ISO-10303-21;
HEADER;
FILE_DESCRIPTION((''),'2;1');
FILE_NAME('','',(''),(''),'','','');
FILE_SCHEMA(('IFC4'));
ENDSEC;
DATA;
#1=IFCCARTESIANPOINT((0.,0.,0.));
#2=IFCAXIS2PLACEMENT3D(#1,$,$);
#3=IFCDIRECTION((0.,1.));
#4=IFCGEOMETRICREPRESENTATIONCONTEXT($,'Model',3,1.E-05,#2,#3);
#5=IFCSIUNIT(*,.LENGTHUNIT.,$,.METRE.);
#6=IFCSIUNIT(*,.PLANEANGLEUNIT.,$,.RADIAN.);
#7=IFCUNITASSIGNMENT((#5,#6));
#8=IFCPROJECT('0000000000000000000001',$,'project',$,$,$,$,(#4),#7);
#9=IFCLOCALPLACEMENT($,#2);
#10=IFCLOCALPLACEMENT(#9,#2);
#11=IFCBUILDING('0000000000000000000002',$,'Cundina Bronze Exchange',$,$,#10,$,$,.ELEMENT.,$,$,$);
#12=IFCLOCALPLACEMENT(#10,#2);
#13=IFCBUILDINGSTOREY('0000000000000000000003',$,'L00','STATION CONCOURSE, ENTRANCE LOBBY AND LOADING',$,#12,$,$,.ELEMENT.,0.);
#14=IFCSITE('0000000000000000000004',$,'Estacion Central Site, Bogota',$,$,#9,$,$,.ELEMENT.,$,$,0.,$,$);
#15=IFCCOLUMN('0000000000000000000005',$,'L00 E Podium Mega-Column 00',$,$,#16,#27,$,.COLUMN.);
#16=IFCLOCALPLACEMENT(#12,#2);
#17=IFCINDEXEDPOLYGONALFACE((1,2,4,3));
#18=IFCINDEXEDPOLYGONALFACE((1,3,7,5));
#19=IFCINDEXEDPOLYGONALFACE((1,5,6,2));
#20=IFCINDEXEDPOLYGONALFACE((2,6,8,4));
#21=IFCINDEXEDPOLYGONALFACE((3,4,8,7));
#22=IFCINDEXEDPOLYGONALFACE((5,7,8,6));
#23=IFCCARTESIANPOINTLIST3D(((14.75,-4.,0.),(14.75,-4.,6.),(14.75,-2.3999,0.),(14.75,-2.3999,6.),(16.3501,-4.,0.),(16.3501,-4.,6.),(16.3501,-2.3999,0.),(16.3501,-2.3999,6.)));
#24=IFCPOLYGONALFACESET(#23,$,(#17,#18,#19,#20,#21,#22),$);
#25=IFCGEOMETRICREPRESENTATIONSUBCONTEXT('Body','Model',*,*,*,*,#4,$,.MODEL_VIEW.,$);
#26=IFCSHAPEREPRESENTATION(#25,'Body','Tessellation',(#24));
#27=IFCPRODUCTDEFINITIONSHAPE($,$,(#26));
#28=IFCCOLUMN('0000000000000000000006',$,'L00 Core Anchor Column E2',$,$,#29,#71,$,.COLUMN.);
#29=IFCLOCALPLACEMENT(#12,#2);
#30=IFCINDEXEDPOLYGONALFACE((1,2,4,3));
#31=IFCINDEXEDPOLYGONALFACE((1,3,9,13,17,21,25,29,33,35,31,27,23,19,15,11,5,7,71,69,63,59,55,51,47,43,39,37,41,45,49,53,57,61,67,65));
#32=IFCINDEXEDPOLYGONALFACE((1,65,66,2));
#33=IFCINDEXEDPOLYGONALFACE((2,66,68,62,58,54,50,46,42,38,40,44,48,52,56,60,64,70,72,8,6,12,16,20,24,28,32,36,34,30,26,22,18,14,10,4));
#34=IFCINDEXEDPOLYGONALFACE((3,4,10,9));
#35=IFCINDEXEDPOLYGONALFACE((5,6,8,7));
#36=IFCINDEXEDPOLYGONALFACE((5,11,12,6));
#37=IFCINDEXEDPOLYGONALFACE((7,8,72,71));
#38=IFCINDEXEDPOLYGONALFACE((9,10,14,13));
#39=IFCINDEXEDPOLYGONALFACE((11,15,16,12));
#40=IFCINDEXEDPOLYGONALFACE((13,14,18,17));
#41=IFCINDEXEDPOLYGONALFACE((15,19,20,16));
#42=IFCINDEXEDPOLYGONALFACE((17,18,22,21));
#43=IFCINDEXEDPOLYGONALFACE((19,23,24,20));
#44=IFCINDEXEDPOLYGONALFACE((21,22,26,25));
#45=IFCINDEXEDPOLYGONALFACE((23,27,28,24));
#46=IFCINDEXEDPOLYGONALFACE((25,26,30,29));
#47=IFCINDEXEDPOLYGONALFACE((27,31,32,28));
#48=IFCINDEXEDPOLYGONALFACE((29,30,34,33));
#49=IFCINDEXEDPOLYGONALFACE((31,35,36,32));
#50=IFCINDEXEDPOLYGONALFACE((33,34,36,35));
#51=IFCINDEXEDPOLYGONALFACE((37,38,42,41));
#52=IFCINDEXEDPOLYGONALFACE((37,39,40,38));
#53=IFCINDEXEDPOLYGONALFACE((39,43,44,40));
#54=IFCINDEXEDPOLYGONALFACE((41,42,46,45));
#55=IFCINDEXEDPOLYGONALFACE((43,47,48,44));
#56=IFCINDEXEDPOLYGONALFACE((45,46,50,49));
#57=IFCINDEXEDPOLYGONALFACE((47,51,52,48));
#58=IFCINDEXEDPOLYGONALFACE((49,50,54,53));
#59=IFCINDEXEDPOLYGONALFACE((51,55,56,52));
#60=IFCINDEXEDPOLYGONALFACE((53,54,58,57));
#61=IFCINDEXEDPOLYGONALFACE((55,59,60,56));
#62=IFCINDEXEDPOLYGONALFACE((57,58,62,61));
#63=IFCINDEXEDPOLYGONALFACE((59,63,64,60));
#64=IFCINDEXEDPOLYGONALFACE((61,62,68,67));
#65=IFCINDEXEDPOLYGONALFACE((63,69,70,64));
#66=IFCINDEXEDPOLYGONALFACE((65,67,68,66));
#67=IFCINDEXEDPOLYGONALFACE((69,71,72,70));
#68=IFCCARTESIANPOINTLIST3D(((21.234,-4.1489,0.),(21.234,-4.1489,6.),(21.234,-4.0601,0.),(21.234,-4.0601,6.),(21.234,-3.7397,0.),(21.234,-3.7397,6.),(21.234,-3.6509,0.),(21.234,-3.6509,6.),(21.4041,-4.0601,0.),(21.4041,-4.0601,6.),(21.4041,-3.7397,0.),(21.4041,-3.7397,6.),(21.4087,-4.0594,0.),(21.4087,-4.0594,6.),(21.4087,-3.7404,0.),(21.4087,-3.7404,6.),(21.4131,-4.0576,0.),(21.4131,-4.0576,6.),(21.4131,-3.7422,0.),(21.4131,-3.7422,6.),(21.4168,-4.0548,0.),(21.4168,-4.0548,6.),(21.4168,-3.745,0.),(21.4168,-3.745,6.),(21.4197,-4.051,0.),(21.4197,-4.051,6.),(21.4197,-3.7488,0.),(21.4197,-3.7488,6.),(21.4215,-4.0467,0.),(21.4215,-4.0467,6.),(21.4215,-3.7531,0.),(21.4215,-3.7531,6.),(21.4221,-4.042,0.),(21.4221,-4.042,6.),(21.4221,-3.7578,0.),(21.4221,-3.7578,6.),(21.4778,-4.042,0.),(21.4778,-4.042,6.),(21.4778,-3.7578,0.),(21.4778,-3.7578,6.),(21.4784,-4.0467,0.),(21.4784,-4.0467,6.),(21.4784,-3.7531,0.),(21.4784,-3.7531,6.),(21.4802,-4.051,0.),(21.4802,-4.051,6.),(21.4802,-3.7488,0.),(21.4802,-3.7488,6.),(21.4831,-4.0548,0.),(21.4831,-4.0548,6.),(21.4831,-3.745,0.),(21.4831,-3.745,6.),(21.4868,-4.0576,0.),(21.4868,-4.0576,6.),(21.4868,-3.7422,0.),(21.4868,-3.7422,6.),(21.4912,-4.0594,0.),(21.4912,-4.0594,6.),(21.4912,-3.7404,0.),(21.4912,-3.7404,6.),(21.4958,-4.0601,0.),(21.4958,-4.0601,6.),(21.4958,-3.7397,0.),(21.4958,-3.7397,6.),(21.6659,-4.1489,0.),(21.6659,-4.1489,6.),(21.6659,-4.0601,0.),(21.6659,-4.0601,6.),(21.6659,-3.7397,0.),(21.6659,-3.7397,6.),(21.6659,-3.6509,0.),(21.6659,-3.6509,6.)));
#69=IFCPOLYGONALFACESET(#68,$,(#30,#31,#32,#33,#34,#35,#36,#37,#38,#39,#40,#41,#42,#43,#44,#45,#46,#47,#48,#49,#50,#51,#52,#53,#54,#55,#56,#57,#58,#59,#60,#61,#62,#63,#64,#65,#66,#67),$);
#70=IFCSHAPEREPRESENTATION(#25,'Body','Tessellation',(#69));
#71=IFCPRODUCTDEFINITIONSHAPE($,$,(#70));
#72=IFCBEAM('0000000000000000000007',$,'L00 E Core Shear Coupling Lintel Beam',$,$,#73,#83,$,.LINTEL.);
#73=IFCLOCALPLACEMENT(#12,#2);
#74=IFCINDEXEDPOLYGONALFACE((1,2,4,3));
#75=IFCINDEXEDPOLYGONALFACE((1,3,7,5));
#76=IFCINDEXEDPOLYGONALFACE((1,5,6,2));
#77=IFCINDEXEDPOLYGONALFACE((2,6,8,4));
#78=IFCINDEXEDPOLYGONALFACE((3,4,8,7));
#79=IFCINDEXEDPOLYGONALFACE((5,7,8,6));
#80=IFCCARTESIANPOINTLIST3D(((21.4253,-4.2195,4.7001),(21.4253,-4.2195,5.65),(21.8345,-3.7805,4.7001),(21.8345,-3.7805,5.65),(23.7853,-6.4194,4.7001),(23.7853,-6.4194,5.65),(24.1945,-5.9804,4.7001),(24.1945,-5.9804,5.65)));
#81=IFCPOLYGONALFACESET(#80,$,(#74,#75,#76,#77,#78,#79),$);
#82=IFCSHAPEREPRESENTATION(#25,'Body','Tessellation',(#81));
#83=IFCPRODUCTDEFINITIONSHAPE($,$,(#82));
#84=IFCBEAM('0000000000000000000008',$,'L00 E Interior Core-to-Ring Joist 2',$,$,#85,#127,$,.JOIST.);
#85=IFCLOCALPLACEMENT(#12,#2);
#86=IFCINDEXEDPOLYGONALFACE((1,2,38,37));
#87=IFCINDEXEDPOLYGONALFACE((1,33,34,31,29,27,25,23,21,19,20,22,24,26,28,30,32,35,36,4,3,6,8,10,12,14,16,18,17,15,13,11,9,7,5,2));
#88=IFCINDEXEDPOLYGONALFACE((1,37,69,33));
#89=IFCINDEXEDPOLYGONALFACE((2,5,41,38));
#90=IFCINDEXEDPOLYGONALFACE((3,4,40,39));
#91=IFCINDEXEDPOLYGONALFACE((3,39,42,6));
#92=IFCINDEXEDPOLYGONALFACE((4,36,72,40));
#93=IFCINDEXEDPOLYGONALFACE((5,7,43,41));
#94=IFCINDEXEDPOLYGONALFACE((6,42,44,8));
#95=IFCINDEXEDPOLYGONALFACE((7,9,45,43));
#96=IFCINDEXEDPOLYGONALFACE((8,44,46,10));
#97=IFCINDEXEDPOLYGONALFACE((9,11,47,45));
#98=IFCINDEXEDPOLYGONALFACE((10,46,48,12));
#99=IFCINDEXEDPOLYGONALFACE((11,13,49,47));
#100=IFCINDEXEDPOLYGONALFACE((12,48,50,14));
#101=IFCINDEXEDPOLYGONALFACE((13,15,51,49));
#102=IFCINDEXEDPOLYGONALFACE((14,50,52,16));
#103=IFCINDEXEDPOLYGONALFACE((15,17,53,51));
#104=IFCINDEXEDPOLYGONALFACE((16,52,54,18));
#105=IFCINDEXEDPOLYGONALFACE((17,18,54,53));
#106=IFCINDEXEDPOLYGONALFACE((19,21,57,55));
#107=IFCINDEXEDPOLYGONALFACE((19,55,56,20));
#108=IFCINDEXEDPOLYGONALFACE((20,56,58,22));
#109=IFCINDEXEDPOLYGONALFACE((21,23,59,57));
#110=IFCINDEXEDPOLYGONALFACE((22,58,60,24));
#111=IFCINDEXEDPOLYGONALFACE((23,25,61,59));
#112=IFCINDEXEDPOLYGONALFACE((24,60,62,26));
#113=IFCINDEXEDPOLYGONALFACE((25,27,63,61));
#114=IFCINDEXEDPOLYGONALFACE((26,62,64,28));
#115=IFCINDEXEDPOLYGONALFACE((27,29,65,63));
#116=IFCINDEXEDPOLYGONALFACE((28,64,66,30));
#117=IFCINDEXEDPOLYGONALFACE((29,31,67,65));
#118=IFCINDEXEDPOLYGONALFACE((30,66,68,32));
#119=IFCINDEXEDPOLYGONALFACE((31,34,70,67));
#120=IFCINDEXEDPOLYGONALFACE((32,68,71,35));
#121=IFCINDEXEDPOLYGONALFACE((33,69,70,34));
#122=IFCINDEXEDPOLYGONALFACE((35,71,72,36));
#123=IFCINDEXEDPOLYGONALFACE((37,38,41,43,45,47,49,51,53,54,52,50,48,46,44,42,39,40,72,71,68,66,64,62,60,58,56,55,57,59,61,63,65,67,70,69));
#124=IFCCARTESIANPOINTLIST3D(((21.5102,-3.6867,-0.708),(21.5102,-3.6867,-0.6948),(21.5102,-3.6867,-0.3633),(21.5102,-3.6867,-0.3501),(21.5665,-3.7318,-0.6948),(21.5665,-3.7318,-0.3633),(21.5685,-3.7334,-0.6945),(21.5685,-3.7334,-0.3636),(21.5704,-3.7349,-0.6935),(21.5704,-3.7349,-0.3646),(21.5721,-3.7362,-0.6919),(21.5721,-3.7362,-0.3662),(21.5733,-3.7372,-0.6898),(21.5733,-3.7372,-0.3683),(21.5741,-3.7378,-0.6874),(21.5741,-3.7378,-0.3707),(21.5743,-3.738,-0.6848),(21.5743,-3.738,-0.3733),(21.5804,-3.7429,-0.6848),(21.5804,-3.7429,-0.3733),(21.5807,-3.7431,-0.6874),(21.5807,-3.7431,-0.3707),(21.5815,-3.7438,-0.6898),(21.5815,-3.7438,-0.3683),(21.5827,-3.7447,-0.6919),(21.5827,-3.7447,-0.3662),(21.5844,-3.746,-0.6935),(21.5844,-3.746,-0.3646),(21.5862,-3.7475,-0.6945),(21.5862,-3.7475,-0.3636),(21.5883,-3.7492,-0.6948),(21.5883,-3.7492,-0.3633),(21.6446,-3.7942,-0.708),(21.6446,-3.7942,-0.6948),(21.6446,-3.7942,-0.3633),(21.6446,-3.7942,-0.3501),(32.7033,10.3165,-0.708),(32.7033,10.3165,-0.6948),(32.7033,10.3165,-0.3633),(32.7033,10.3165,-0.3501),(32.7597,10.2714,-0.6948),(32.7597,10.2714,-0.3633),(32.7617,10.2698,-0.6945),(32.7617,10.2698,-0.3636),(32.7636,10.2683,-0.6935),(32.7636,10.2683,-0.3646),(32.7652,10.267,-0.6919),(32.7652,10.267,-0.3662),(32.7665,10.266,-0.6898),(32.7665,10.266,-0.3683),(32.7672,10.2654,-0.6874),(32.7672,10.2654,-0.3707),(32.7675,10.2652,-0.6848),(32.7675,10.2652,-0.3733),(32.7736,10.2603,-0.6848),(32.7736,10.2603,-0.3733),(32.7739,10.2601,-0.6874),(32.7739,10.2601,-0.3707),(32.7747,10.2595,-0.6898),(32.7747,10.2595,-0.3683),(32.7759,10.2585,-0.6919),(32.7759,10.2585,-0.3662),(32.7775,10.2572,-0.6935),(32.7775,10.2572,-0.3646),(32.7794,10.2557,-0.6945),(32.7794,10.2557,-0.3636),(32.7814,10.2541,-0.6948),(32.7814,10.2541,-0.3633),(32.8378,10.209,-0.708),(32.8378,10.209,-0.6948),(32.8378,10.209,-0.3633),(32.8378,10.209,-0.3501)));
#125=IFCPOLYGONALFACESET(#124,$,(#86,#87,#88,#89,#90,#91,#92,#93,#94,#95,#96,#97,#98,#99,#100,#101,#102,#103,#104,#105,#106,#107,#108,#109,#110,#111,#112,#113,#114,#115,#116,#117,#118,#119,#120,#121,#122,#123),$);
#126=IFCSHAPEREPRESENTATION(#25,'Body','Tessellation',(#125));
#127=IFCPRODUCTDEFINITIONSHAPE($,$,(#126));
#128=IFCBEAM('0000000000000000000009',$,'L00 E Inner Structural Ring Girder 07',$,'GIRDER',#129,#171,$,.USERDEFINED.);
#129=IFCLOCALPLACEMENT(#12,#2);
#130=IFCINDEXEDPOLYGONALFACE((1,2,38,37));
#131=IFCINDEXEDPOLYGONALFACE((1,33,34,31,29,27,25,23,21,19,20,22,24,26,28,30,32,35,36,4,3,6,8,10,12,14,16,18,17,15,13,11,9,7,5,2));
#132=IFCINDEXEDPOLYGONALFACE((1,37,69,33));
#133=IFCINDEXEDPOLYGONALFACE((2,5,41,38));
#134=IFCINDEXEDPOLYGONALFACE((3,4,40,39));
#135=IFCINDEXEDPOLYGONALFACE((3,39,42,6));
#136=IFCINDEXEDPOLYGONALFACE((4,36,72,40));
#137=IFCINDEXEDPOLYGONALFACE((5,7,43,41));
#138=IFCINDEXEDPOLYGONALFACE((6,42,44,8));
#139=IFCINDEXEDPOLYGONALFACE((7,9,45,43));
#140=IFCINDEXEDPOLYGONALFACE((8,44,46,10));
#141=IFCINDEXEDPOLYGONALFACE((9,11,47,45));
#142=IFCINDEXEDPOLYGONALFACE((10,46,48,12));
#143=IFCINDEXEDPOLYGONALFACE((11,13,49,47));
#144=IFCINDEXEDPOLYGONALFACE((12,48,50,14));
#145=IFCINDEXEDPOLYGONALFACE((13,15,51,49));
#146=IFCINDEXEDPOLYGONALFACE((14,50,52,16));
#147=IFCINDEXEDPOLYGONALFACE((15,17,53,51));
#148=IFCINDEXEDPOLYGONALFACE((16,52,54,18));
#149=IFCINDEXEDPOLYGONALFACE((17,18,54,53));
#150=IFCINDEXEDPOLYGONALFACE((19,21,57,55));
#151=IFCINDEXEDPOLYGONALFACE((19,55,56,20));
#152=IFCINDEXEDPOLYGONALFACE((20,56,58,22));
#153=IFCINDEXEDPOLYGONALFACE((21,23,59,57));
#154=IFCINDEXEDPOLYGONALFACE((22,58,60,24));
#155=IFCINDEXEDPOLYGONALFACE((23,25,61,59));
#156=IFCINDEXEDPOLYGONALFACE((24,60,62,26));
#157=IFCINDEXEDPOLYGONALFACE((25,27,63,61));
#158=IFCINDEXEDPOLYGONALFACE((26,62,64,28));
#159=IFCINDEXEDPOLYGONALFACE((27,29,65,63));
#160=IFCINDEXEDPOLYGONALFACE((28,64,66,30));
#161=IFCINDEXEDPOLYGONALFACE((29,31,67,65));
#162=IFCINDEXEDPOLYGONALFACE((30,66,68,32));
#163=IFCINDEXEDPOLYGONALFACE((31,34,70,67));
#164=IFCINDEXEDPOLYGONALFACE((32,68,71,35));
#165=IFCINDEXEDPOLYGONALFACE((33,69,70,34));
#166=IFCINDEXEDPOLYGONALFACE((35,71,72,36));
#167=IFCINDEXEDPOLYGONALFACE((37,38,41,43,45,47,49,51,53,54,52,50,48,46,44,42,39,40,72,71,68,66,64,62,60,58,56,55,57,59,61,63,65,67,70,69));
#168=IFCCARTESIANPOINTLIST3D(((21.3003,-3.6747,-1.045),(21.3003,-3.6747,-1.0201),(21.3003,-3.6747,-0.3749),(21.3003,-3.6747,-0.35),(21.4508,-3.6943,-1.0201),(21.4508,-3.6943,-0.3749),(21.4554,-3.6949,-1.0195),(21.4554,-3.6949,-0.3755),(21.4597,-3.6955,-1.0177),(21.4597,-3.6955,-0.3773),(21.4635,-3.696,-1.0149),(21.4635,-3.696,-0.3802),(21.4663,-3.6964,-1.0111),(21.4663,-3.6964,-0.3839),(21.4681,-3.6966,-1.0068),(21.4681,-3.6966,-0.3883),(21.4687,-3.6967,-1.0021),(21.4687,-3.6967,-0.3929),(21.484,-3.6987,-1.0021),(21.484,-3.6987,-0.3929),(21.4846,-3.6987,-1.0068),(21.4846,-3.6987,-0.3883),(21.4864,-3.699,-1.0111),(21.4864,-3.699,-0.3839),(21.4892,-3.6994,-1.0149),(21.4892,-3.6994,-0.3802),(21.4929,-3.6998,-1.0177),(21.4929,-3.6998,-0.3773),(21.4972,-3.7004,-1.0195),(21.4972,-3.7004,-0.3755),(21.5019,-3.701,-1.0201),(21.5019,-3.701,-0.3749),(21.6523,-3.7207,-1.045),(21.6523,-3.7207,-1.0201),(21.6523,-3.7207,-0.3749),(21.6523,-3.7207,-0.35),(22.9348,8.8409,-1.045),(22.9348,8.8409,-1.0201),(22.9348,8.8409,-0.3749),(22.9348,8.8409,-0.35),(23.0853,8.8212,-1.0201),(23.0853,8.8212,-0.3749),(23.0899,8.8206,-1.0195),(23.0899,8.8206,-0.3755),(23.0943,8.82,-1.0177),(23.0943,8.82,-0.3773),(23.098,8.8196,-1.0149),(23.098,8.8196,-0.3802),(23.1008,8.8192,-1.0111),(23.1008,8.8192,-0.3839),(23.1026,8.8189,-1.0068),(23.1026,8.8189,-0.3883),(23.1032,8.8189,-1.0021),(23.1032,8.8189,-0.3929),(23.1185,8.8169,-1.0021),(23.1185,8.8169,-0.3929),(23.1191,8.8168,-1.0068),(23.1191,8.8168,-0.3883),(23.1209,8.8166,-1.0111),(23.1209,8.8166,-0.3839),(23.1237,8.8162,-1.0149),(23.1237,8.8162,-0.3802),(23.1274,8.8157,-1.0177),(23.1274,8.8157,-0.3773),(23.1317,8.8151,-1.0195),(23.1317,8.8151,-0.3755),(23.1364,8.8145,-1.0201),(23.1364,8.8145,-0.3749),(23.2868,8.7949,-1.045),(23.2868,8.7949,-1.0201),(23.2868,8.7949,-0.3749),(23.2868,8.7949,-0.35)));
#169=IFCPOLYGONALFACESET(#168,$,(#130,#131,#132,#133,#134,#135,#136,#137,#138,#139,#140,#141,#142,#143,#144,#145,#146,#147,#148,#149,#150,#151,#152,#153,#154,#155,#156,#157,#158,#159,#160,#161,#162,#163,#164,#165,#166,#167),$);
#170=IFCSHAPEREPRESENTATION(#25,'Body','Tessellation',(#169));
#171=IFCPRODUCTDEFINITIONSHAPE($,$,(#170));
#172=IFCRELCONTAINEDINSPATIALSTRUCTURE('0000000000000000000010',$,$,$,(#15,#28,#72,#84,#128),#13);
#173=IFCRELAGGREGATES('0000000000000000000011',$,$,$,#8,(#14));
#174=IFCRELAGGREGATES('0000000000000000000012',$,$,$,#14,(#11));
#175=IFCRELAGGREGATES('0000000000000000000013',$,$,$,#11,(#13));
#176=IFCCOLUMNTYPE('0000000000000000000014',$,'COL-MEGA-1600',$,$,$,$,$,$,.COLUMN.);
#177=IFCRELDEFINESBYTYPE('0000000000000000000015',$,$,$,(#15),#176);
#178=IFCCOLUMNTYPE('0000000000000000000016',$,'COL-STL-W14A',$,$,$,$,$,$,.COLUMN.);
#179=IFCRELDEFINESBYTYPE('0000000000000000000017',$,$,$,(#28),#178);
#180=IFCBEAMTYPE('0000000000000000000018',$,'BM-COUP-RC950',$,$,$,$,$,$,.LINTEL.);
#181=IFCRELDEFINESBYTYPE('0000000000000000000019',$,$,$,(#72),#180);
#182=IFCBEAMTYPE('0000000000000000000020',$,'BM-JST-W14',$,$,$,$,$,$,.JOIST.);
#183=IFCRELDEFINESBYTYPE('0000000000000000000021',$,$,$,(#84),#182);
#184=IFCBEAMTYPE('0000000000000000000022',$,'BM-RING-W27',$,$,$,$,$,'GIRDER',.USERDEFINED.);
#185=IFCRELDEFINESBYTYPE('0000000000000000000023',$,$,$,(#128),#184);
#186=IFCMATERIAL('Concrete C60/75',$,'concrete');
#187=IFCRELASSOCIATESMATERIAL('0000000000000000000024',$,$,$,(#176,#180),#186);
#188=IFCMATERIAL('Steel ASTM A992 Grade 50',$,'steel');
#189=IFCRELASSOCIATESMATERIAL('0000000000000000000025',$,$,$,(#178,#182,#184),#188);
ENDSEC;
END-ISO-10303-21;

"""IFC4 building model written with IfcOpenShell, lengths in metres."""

from ifc_helpers import new_model, si_unit, direction, frame, origin, origin_2d, place, context, subcontext, project, spatial, rectangle, i_section, extrude, material, material_profile, profile_set, type_object, element, save


model = new_model("IFC4")

# Units and contexts
model_context = context("Model", 3, precision=1e-05, world=origin(), true_north=direction((0.0, 1.0)))
body_context = subcontext(model_context, "Body", "Model", "MODEL_VIEW")
ifc_project = project(units=[si_unit("LENGTHUNIT", "METRE"), si_unit("PLANEANGLEUNIT", "RADIAN")], contexts=[model_context])

# Site, building, storey
site_placement = place(None, origin())
site = spatial("IfcSite", under=ifc_project, at=site_placement, Name="Estacion Central Site, Bogota", CompositionType="ELEMENT", RefElevation=0.0)
building_placement = place(site_placement, origin())
building = spatial("IfcBuilding", under=site, at=building_placement, Name="Cundina Bronze Exchange", CompositionType="ELEMENT")
storey_placement = place(building_placement, origin())
storey = spatial("IfcBuildingStorey", under=building, at=storey_placement, Name="L00", Description="STATION CONCOURSE, ENTRANCE LOBBY AND LOADING", CompositionType="ELEMENT", Elevation=0.0)

# Columns
ifc_material_1 = material(Name="Concrete C60/75", Category="concrete")
ifc_material_profile_1 = material_profile(ifc_material_1, rectangle(XDim=1.6001, YDim=1.6001, at=origin_2d()), Name="RC1600X1600", Category="concrete")
ifc_profile_set_1 = profile_set([ifc_material_profile_1], Name="Concrete C60/75")
column_type_1 = type_object("IfcColumnType", Name="COL-MEGA-1600", PredefinedType="COLUMN", material=ifc_profile_set_1)
column_1_placement = place(storey_placement, frame((15.55, -3.2, 0.0), z_axis=(0.0, 0.0, 1.0), x_axis=(1.0, 0.0, 0.0)))
element("IfcColumn", 1, at=column_1_placement, inside=storey, type_object=column_type_1, Name="L00 E Podium Mega-Column 00", PredefinedType="COLUMN", context=body_context, shape_type="SweptSolid", body=[
    extrude(rectangle(XDim=1.6001, YDim=1.6001, at=origin_2d()), origin(), (0.0, 0.0, 1.0), 6.0),
])
ifc_material_2 = material(Name="Steel ASTM A992 Grade 50", Category="steel")
ifc_material_profile_2 = material_profile(ifc_material_2, i_section(OverallWidth=0.4319, OverallDepth=0.498, WebThickness=0.0557, FlangeThickness=0.0889, FilletRadius=0.0181, at=origin_2d()), Name="W14X500", Category="steel")
ifc_profile_set_2 = profile_set([ifc_material_profile_2], Name="Steel ASTM A992 Grade 50")
column_type_2 = type_object("IfcColumnType", Name="COL-STL-W14A", PredefinedType="COLUMN", material=ifc_profile_set_2)
column_2_placement = place(storey_placement, frame((21.45, -3.8999, 0.0), z_axis=(0.0, 0.0, 1.0), x_axis=(1.0, 0.0, 0.0)))
element("IfcColumn", 2, at=column_2_placement, inside=storey, type_object=column_type_2, Name="L00 Core Anchor Column E2", PredefinedType="COLUMN", context=body_context, shape_type="SweptSolid", body=[
    extrude(i_section(OverallWidth=0.4319, OverallDepth=0.498, WebThickness=0.0557, FlangeThickness=0.0889, FilletRadius=0.0181, at=origin_2d()), origin(), (0.0, 0.0, 1.0), 6.0),
])

# Beams
ifc_material_profile_3 = material_profile(ifc_material_1, rectangle(XDim=0.6001, YDim=0.95, at=origin_2d()), Name="RC600X950", Category="concrete")
ifc_profile_set_3 = profile_set([ifc_material_profile_3], Name="Concrete C60/75")
beam_type_1 = type_object("IfcBeamType", Name="BM-COUP-RC950", PredefinedType="LINTEL", material=ifc_profile_set_3)
beam_1_placement = place(storey_placement, frame((21.6299, -4.0, 5.175), z_axis=(0.73149, -0.681852, 0.0), x_axis=(0.681852, 0.73149, 0.0)))
element("IfcBeam", 3, at=beam_1_placement, inside=storey, type_object=beam_type_1, Name="L00 E Core Shear Coupling Lintel Beam", PredefinedType="LINTEL", context=body_context, shape_type="SweptSolid", body=[
    extrude(rectangle(XDim=0.6001, YDim=0.95, at=origin_2d()), origin(), (0.0, 0.0, 1.0), 3.2263),
])
ifc_material_profile_4 = material_profile(ifc_material_2, i_section(OverallWidth=0.1721, OverallDepth=0.3579, WebThickness=0.0078, FlangeThickness=0.0132, FilletRadius=0.01, at=origin_2d()), Name="W14X38", Category="steel")
ifc_profile_set_4 = profile_set([ifc_material_profile_4], Name="Steel ASTM A992 Grade 50")
beam_type_2 = type_object("IfcBeamType", Name="BM-JST-W14", PredefinedType="JOIST", material=ifc_profile_set_4)
beam_2_placement = place(storey_placement, frame((21.5774, -3.7405, -0.5291), z_axis=(0.624374, 0.781125, 0.0), x_axis=(-0.781125, 0.624374, 0.0)))
element("IfcBeam", 4, at=beam_2_placement, inside=storey, type_object=beam_type_2, Name="L00 E Interior Core-to-Ring Joist 2", PredefinedType="JOIST", context=body_context, shape_type="SweptSolid", body=[
    extrude(i_section(OverallWidth=0.1721, OverallDepth=0.3579, WebThickness=0.0078, FlangeThickness=0.0132, FilletRadius=0.01, at=origin_2d()), origin(), (0.0, 0.0, 1.0), 17.927),
])
ifc_material_profile_5 = material_profile(ifc_material_2, i_section(OverallWidth=0.355, OverallDepth=0.6951, WebThickness=0.0154, FlangeThickness=0.0249, FilletRadius=0.0181, at=origin_2d()), Name="W27X146", Category="steel")
ifc_profile_set_5 = profile_set([ifc_material_profile_5], Name="Steel ASTM A992 Grade 50")
beam_type_3 = type_object("IfcBeamType", Name="BM-RING-W27", ElementType="GIRDER", PredefinedType="USERDEFINED", material=ifc_profile_set_5)
beam_3_placement = place(storey_placement, frame((23.1108, 8.8179, -0.6975), z_axis=(-0.129499, -0.99158, 0.0), x_axis=(0.99158, -0.129499, 0.0)))
element("IfcBeam", 5, at=beam_3_placement, inside=storey, type_object=beam_type_3, Name="L00 E Inner Structural Ring Girder 07", ObjectType="GIRDER", PredefinedType="USERDEFINED", context=body_context, shape_type="SweptSolid", body=[
    extrude(i_section(OverallWidth=0.355, OverallDepth=0.6951, WebThickness=0.0154, FlangeThickness=0.0249, FilletRadius=0.0181, at=origin_2d()), origin(), (0.0, 0.0, 1.0), 12.6218),
])

save(model, "model.ifc")
